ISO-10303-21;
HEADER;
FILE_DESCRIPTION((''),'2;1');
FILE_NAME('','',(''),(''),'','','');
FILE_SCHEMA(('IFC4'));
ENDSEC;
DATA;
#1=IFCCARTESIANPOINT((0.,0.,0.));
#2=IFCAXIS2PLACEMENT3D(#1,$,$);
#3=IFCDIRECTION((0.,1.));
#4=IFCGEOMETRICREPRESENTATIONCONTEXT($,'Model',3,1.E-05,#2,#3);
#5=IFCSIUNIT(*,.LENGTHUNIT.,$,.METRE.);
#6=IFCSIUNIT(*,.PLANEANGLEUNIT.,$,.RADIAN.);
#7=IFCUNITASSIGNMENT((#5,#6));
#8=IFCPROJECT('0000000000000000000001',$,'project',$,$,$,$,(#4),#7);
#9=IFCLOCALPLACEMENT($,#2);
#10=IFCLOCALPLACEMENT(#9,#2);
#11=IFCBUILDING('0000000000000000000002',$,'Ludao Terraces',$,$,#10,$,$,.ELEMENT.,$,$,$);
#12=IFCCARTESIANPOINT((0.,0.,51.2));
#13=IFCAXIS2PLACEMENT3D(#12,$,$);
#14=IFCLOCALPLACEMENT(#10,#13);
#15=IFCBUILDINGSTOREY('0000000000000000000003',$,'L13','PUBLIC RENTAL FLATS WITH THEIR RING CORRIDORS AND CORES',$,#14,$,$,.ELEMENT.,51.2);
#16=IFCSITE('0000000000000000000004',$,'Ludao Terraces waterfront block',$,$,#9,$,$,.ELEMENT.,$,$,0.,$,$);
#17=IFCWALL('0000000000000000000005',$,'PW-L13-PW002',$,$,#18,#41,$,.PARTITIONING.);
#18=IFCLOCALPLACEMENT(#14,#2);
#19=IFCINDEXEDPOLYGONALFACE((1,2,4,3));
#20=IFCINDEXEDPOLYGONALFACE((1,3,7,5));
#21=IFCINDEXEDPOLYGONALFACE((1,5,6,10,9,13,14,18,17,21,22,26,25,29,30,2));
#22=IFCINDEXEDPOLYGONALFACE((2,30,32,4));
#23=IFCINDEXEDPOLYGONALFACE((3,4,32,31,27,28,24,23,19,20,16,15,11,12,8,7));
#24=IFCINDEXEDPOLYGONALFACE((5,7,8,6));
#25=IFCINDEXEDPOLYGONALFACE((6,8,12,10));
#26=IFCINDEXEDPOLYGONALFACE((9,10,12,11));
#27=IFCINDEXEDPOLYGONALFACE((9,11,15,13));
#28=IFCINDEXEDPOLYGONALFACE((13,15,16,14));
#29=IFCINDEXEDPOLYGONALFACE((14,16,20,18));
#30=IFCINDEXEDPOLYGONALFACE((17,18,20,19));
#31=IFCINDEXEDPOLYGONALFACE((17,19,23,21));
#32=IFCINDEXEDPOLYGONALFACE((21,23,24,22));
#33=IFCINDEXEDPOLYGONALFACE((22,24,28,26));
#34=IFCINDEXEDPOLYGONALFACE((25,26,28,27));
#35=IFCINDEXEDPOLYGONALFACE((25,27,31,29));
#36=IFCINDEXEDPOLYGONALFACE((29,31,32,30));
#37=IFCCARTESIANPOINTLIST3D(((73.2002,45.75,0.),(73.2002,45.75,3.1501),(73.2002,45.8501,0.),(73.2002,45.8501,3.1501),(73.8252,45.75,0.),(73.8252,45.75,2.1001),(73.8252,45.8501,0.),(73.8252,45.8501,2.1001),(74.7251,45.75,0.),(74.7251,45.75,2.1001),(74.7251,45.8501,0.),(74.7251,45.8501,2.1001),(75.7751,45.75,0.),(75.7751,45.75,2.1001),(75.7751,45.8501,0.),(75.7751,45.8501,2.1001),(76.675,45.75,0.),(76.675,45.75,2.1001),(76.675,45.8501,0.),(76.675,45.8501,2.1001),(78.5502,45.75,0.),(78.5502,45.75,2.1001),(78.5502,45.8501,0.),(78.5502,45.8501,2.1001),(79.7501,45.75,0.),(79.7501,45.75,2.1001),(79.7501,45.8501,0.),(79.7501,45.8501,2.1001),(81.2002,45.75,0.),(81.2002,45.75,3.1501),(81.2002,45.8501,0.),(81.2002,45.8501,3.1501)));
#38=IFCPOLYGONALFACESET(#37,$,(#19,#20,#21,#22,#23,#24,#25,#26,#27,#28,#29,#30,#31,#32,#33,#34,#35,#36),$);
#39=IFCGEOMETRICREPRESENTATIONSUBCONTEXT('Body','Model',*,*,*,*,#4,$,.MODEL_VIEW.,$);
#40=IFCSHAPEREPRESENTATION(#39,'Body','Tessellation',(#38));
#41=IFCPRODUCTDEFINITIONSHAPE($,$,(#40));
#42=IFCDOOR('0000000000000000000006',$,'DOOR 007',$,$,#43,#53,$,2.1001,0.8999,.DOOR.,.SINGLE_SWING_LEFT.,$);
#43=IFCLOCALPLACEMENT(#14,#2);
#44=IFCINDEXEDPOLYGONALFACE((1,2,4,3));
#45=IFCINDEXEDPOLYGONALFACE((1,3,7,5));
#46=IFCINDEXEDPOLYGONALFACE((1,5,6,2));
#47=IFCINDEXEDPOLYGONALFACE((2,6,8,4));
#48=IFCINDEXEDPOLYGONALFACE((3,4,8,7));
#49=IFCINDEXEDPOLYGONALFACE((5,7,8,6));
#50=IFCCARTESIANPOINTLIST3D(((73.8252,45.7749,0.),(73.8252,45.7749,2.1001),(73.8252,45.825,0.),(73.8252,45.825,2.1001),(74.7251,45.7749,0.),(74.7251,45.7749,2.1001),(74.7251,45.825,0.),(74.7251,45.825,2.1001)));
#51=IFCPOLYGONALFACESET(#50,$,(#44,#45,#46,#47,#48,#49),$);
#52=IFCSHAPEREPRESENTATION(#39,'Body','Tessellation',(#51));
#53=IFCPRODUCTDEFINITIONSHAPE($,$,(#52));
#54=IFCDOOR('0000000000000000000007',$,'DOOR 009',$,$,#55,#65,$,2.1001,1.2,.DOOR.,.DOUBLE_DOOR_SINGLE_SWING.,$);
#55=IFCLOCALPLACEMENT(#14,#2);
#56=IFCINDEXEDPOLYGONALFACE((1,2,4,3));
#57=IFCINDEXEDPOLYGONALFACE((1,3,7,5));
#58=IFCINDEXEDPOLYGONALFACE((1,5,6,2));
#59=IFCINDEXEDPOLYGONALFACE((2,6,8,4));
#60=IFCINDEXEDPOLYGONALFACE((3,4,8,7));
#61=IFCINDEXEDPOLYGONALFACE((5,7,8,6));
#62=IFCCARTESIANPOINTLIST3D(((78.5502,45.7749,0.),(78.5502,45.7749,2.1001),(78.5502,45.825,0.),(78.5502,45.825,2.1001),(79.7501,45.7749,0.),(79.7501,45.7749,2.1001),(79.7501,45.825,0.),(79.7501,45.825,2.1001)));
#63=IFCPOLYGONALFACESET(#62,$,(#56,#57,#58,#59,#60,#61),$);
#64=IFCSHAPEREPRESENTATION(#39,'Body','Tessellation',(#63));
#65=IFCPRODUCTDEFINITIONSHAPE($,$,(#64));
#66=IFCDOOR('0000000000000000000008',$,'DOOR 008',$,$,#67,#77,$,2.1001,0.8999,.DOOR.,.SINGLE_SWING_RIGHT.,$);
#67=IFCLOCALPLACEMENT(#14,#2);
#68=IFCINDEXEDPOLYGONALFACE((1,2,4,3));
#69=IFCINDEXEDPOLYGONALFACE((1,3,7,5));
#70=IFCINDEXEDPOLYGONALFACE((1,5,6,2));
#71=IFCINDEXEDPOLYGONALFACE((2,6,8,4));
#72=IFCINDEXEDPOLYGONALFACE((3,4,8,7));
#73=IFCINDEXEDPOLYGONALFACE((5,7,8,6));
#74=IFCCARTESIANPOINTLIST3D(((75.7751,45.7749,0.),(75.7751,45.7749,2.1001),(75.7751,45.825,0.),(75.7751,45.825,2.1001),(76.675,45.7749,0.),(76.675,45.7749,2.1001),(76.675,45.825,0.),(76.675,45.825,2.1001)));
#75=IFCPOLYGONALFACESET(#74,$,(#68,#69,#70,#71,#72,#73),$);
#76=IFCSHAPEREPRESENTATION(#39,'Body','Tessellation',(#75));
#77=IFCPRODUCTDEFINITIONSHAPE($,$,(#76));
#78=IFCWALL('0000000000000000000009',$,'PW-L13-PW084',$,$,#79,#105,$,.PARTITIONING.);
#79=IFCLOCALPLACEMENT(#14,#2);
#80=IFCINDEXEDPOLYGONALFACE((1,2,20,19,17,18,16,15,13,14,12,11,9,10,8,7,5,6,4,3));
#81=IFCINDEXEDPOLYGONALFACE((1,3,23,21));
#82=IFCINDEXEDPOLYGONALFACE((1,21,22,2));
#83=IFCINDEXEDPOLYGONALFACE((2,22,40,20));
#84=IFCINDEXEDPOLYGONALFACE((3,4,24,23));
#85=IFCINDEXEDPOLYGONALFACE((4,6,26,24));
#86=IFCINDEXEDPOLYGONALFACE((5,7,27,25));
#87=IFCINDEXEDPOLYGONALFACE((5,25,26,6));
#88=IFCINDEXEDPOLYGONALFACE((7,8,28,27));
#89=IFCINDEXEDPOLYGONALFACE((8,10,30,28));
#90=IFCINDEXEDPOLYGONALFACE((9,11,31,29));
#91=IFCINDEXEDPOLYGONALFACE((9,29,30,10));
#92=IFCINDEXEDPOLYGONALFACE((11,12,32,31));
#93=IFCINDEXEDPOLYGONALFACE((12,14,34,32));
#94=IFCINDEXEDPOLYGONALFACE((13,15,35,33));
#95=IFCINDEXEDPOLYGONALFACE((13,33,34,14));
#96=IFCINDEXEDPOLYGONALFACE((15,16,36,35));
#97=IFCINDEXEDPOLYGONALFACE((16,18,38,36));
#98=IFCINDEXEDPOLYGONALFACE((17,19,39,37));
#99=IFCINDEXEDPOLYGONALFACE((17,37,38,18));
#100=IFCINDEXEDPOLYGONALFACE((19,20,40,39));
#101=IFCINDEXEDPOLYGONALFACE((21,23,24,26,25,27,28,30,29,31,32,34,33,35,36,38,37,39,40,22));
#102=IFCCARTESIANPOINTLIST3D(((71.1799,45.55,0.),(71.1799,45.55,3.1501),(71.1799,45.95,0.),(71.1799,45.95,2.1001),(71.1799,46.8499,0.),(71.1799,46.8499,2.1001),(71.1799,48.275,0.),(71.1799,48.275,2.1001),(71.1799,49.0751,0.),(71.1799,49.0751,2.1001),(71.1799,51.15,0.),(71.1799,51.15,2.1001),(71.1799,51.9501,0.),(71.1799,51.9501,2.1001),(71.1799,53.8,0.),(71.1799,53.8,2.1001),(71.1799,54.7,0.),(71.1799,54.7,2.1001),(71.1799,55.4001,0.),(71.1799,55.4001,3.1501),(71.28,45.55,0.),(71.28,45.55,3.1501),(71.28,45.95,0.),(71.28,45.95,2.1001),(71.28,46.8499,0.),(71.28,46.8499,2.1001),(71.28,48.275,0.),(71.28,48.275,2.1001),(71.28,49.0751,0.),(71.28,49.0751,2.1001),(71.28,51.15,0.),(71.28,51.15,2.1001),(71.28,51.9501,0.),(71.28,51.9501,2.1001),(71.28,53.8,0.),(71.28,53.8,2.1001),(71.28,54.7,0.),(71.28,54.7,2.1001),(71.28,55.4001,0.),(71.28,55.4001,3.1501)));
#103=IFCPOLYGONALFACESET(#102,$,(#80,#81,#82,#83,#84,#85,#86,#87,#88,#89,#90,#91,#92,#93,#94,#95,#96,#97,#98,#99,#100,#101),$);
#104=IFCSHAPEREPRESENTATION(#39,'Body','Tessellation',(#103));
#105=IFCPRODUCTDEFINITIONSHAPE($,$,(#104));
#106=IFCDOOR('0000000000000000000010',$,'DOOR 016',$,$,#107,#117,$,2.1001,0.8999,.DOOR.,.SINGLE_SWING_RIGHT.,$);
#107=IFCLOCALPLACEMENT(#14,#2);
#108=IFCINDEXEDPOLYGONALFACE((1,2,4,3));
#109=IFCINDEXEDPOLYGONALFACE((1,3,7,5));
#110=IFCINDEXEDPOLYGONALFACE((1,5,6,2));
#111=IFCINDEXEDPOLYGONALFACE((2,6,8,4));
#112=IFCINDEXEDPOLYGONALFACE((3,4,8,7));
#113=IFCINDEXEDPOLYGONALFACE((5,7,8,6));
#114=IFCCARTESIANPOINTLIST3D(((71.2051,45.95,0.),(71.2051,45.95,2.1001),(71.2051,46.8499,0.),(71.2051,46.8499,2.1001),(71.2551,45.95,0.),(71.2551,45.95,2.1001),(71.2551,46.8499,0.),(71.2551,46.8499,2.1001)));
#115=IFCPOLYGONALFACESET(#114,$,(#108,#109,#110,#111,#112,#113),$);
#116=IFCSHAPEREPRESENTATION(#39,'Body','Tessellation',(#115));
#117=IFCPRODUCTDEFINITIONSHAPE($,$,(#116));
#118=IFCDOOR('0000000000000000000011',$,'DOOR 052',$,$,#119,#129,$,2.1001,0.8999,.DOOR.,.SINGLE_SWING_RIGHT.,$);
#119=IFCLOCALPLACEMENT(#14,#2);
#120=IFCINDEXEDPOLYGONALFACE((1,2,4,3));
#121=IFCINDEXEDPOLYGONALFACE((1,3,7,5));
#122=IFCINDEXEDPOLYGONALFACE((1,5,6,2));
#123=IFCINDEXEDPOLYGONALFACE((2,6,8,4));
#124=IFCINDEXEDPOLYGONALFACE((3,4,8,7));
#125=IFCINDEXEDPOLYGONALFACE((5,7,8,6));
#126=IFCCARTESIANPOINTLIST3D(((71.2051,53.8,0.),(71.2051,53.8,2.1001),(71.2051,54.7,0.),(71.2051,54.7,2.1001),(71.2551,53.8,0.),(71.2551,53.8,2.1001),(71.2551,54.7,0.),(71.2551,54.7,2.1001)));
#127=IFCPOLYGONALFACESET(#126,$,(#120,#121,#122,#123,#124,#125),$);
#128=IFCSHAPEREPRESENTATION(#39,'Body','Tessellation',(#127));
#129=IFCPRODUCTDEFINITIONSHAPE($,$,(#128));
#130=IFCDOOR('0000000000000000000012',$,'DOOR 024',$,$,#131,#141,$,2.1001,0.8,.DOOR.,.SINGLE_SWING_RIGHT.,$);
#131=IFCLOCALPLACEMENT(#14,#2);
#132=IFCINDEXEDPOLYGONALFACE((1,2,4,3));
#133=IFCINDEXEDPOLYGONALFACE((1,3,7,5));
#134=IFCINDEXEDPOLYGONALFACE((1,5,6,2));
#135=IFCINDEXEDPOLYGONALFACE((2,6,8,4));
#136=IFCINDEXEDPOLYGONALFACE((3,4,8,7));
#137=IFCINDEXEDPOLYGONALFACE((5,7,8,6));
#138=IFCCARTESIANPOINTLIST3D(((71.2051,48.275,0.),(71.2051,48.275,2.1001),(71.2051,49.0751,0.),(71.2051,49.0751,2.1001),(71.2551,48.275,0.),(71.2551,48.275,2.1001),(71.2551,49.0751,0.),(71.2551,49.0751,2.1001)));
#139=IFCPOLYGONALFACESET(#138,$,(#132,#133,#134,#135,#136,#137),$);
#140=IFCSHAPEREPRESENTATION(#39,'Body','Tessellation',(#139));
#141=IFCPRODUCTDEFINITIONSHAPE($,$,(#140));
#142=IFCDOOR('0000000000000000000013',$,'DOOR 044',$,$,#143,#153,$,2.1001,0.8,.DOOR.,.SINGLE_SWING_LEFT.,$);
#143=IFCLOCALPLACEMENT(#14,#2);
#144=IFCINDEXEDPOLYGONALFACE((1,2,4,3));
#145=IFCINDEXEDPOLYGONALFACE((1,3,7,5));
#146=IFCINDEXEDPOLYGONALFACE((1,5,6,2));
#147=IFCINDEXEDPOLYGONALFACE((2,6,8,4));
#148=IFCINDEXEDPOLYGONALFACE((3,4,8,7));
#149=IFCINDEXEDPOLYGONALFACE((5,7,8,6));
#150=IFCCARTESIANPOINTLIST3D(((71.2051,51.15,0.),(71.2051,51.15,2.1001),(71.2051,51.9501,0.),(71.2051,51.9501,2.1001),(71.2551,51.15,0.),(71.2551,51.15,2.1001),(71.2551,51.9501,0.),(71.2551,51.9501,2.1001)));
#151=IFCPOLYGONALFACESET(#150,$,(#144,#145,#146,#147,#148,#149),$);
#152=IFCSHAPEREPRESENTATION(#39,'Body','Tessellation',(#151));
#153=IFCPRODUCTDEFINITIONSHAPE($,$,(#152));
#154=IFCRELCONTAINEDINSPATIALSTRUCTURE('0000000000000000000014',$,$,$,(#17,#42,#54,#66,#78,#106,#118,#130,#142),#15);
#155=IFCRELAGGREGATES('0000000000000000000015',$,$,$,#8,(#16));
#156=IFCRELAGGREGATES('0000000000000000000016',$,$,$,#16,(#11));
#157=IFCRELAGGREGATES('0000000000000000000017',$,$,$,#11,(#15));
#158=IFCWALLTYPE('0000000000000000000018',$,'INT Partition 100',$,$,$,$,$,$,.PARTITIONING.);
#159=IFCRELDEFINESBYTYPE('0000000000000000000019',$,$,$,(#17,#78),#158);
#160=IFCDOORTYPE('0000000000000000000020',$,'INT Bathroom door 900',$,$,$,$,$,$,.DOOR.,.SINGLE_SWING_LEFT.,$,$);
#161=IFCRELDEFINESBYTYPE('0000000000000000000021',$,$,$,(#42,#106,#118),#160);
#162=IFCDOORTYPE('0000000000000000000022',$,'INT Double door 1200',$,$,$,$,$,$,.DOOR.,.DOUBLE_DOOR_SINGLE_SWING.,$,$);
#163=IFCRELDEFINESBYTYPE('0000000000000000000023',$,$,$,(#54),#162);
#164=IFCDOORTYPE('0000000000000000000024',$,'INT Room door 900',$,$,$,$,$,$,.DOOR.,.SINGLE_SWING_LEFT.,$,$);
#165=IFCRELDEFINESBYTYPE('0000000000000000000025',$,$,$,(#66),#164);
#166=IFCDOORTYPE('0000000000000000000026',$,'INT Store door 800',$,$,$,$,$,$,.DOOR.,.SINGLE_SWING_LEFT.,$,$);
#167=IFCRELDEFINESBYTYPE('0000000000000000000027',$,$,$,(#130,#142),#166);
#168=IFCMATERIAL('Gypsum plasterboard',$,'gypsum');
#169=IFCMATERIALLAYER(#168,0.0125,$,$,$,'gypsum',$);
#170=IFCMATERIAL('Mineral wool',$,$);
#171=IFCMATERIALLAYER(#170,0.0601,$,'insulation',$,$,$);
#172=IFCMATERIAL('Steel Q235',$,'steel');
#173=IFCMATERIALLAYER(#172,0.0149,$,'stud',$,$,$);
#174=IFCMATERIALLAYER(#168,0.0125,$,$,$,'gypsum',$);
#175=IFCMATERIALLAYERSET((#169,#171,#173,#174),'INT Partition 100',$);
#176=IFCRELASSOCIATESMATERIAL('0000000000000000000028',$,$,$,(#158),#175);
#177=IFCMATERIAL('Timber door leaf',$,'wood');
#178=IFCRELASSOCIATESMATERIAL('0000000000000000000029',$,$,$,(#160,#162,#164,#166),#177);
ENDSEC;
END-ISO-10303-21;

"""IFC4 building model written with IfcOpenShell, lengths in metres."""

from ifc_helpers import new_model, si_unit, direction, frame, frame_2d, origin, place, context, subcontext, project, spatial, rectangle, extrude, material, layer, layer_set, type_object, element, fill, save


model = new_model("IFC4")

# Units and contexts
model_context = context("Model", 3, precision=1e-05, world=origin(), true_north=direction((0.0, 1.0)))
body_context = subcontext(model_context, "Body", "Model", "MODEL_VIEW")
ifc_project = project(units=[si_unit("LENGTHUNIT", "METRE"), si_unit("PLANEANGLEUNIT", "RADIAN")], contexts=[model_context])

# Site, building, storey
site_placement = place(None, origin())
site = spatial("IfcSite", under=ifc_project, at=site_placement, Name="Ludao Terraces waterfront block", CompositionType="ELEMENT", RefElevation=0.0)
building_placement = place(site_placement, origin())
building = spatial("IfcBuilding", under=site, at=building_placement, Name="Ludao Terraces", CompositionType="ELEMENT")
storey_placement = place(building_placement, frame((0.0, 0.0, 51.2)))
storey = spatial("IfcBuildingStorey", under=building, at=storey_placement, Name="L13", Description="PUBLIC RENTAL FLATS WITH THEIR RING CORRIDORS AND CORES", CompositionType="ELEMENT", Elevation=51.2)

# Shared definitions
ifc_material_1 = material(Name="Mineral wool")

# Walls, openings, doors
ifc_material_2 = material(Name="Gypsum plasterboard", Category="gypsum")
ifc_layer_1 = layer(ifc_material_2, 0.0125, Category="gypsum")
ifc_layer_2 = layer(ifc_material_1, 0.0601, Name="insulation")
ifc_material_3 = material(Name="Steel Q235", Category="steel")
ifc_layer_3 = layer(ifc_material_3, 0.0149, Name="stud")
ifc_layer_4 = layer(ifc_material_2, 0.0125, Category="gypsum")
ifc_layer_set_1 = layer_set([ifc_layer_1, ifc_layer_2, ifc_layer_3, ifc_layer_4], Name="INT Partition 100")
wall_type_1 = type_object("IfcWallType", Name="INT Partition 100", PredefinedType="PARTITIONING", material=ifc_layer_set_1)
wall_1_placement = place(storey_placement, frame((73.2002, 45.8, 0.0), z_axis=(0.0, 0.0, 1.0), x_axis=(1.0, 0.0, 0.0)))
wall_1 = element("IfcWall", 1, at=wall_1_placement, inside=storey, type_object=wall_type_1, Name="PW-L13-PW002", PredefinedType="PARTITIONING", context=body_context, shape_type="SweptSolid", body=[
    extrude(rectangle(XDim=8.0, YDim=0.1001, at=frame_2d((4.0, 0.0))), origin(), (0.0, 0.0, 1.0), 3.1501),
])
opening_1_placement = place(wall_1_placement, frame((0.625, 0.0, 0.0)))
opening_1 = element("IfcOpeningElement", 2, at=opening_1_placement, cuts=wall_1, PredefinedType="OPENING", context=body_context, shape_type="SweptSolid", body=[
    extrude(rectangle(XDim=0.8999, YDim=2.1001, at=frame_2d((0.45, 1.05))), frame((0.0, 0.0601, 0.0), z_axis=(0.0, -1.0, 0.0), x_axis=(1.0, 0.0, 0.0)), (0.0, 0.0, 1.0), 0.1201),
])
opening_2_placement = place(wall_1_placement, frame((2.575, 0.0, 0.0)))
opening_2 = element("IfcOpeningElement", 3, at=opening_2_placement, cuts=wall_1, PredefinedType="OPENING", context=body_context, shape_type="SweptSolid", body=[
    extrude(rectangle(XDim=0.8999, YDim=2.1001, at=frame_2d((0.45, 1.05))), frame((0.0, 0.0601, 0.0), z_axis=(0.0, -1.0, 0.0), x_axis=(1.0, 0.0, 0.0)), (0.0, 0.0, 1.0), 0.1201),
])
opening_3_placement = place(wall_1_placement, frame((5.3499, 0.0, 0.0)))
opening_3 = element("IfcOpeningElement", 4, at=opening_3_placement, cuts=wall_1, PredefinedType="OPENING", context=body_context, shape_type="SweptSolid", body=[
    extrude(rectangle(XDim=1.2, YDim=2.1001, at=frame_2d((0.6001, 1.05))), frame((0.0, 0.0601, 0.0), z_axis=(0.0, -1.0, 0.0), x_axis=(1.0, 0.0, 0.0)), (0.0, 0.0, 1.0), 0.1201),
])
ifc_material_4 = material(Name="Timber door leaf", Category="wood")
door_type_1 = type_object("IfcDoorType", Name="INT Bathroom door 900", OperationType="SINGLE_SWING_LEFT", PredefinedType="DOOR", material=ifc_material_4)
door_1_placement = place(opening_1_placement, origin())
door_1 = element("IfcDoor", 5, at=door_1_placement, inside=storey, type_object=door_type_1, Name="DOOR 007", OperationType="SINGLE_SWING_LEFT", OverallHeight=2.1001, OverallWidth=0.8999, PredefinedType="DOOR", context=body_context, shape_type="SweptSolid", body=[
    extrude(rectangle(XDim=0.8999, YDim=2.1001, at=frame_2d((0.45, 1.05))), frame((0.0, 0.0249, 0.0), z_axis=(0.0, -1.0, 0.0), x_axis=(1.0, 0.0, 0.0)), (0.0, 0.0, 1.0), 0.05),
])
fill(opening_1, door_1)
door_type_2 = type_object("IfcDoorType", Name="INT Double door 1200", OperationType="DOUBLE_DOOR_SINGLE_SWING", PredefinedType="DOOR", material=ifc_material_4)
door_2_placement = place(opening_3_placement, origin())
door_2 = element("IfcDoor", 6, at=door_2_placement, inside=storey, type_object=door_type_2, Name="DOOR 009", OperationType="DOUBLE_DOOR_SINGLE_SWING", OverallHeight=2.1001, OverallWidth=1.2, PredefinedType="DOOR", context=body_context, shape_type="SweptSolid", body=[
    extrude(rectangle(XDim=1.2, YDim=2.1001, at=frame_2d((0.6001, 1.05))), frame((0.0, 0.0249, 0.0), z_axis=(0.0, -1.0, 0.0), x_axis=(1.0, 0.0, 0.0)), (0.0, 0.0, 1.0), 0.05),
])
fill(opening_3, door_2)
door_type_3 = type_object("IfcDoorType", Name="INT Room door 900", OperationType="SINGLE_SWING_LEFT", PredefinedType="DOOR", material=ifc_material_4)
door_3_placement = place(opening_2_placement, origin())
door_3 = element("IfcDoor", 7, at=door_3_placement, inside=storey, type_object=door_type_3, Name="DOOR 008", OperationType="SINGLE_SWING_RIGHT", OverallHeight=2.1001, OverallWidth=0.8999, PredefinedType="DOOR", context=body_context, shape_type="SweptSolid", body=[
    extrude(rectangle(XDim=0.8999, YDim=2.1001, at=frame_2d((0.45, 1.05))), frame((0.0, 0.0249, 0.0), z_axis=(0.0, -1.0, 0.0), x_axis=(1.0, 0.0, 0.0)), (0.0, 0.0, 1.0), 0.05),
])
fill(opening_2, door_3)
wall_2_placement = place(storey_placement, frame((71.23, 45.55, 0.0), z_axis=(0.0, 0.0, 1.0), x_axis=(0.0, 1.0, 0.0)))
wall_2 = element("IfcWall", 8, at=wall_2_placement, inside=storey, type_object=wall_type_1, Name="PW-L13-PW084", PredefinedType="PARTITIONING", context=body_context, shape_type="SweptSolid", body=[
    extrude(rectangle(XDim=9.8501, YDim=0.1001, at=frame_2d((4.925, 0.0))), origin(), (0.0, 0.0, 1.0), 3.1501),
])
opening_4_placement = place(wall_2_placement, frame((0.3999, 0.0, 0.0)))
opening_4 = element("IfcOpeningElement", 9, at=opening_4_placement, cuts=wall_2, PredefinedType="OPENING", context=body_context, shape_type="SweptSolid", body=[
    extrude(rectangle(XDim=0.8999, YDim=2.1001, at=frame_2d((0.45, 1.05))), frame((0.0, 0.0601, 0.0), z_axis=(0.0, -1.0, 0.0), x_axis=(1.0, 0.0, 0.0)), (0.0, 0.0, 1.0), 0.1201),
])
opening_5_placement = place(wall_2_placement, frame((2.7251, 0.0, 0.0)))
opening_5 = element("IfcOpeningElement", 10, at=opening_5_placement, cuts=wall_2, PredefinedType="OPENING", context=body_context, shape_type="SweptSolid", body=[
    extrude(rectangle(XDim=0.8, YDim=2.1001, at=frame_2d((0.3999, 1.05))), frame((0.0, 0.0601, 0.0), z_axis=(0.0, -1.0, 0.0), x_axis=(1.0, 0.0, 0.0)), (0.0, 0.0, 1.0), 0.1201),
])
opening_6_placement = place(wall_2_placement, frame((5.6001, 0.0, 0.0)))
opening_6 = element("IfcOpeningElement", 11, at=opening_6_placement, cuts=wall_2, PredefinedType="OPENING", context=body_context, shape_type="SweptSolid", body=[
    extrude(rectangle(XDim=0.8, YDim=2.1001, at=frame_2d((0.3999, 1.05))), frame((0.0, 0.0601, 0.0), z_axis=(0.0, -1.0, 0.0), x_axis=(1.0, 0.0, 0.0)), (0.0, 0.0, 1.0), 0.1201),
])
opening_7_placement = place(wall_2_placement, frame((8.25, 0.0, 0.0)))
opening_7 = element("IfcOpeningElement", 12, at=opening_7_placement, cuts=wall_2, PredefinedType="OPENING", context=body_context, shape_type="SweptSolid", body=[
    extrude(rectangle(XDim=0.8999, YDim=2.1001, at=frame_2d((0.45, 1.05))), frame((0.0, 0.0601, 0.0), z_axis=(0.0, -1.0, 0.0), x_axis=(1.0, 0.0, 0.0)), (0.0, 0.0, 1.0), 0.1201),
])
door_4_placement = place(opening_4_placement, origin())
door_4 = element("IfcDoor", 13, at=door_4_placement, inside=storey, type_object=door_type_1, Name="DOOR 016", OperationType="SINGLE_SWING_RIGHT", OverallHeight=2.1001, OverallWidth=0.8999, PredefinedType="DOOR", context=body_context, shape_type="SweptSolid", body=[
    extrude(rectangle(XDim=0.8999, YDim=2.1001, at=frame_2d((0.45, 1.05))), frame((0.0, 0.0249, 0.0), z_axis=(0.0, -1.0, 0.0), x_axis=(1.0, 0.0, 0.0)), (0.0, 0.0, 1.0), 0.05),
])
fill(opening_4, door_4)
door_5_placement = place(opening_7_placement, origin())
door_5 = element("IfcDoor", 14, at=door_5_placement, inside=storey, type_object=door_type_1, Name="DOOR 052", OperationType="SINGLE_SWING_RIGHT", OverallHeight=2.1001, OverallWidth=0.8999, PredefinedType="DOOR", context=body_context, shape_type="SweptSolid", body=[
    extrude(rectangle(XDim=0.8999, YDim=2.1001, at=frame_2d((0.45, 1.05))), frame((0.0, 0.0249, 0.0), z_axis=(0.0, -1.0, 0.0), x_axis=(1.0, 0.0, 0.0)), (0.0, 0.0, 1.0), 0.05),
])
fill(opening_7, door_5)
door_type_4 = type_object("IfcDoorType", Name="INT Store door 800", OperationType="SINGLE_SWING_LEFT", PredefinedType="DOOR", material=ifc_material_4)
door_6_placement = place(opening_5_placement, origin())
door_6 = element("IfcDoor", 15, at=door_6_placement, inside=storey, type_object=door_type_4, Name="DOOR 024", OperationType="SINGLE_SWING_RIGHT", OverallHeight=2.1001, OverallWidth=0.8, PredefinedType="DOOR", context=body_context, shape_type="SweptSolid", body=[
    extrude(rectangle(XDim=0.8, YDim=2.1001, at=frame_2d((0.3999, 1.05))), frame((0.0, 0.0249, 0.0), z_axis=(0.0, -1.0, 0.0), x_axis=(1.0, 0.0, 0.0)), (0.0, 0.0, 1.0), 0.05),
])
fill(opening_5, door_6)
door_7_placement = place(opening_6_placement, origin())
door_7 = element("IfcDoor", 16, at=door_7_placement, inside=storey, type_object=door_type_4, Name="DOOR 044", OperationType="SINGLE_SWING_LEFT", OverallHeight=2.1001, OverallWidth=0.8, PredefinedType="DOOR", context=body_context, shape_type="SweptSolid", body=[
    extrude(rectangle(XDim=0.8, YDim=2.1001, at=frame_2d((0.3999, 1.05))), frame((0.0, 0.0249, 0.0), z_axis=(0.0, -1.0, 0.0), x_axis=(1.0, 0.0, 0.0)), (0.0, 0.0, 1.0), 0.05),
])
fill(opening_6, door_7)

save(model, "model.ifc")
